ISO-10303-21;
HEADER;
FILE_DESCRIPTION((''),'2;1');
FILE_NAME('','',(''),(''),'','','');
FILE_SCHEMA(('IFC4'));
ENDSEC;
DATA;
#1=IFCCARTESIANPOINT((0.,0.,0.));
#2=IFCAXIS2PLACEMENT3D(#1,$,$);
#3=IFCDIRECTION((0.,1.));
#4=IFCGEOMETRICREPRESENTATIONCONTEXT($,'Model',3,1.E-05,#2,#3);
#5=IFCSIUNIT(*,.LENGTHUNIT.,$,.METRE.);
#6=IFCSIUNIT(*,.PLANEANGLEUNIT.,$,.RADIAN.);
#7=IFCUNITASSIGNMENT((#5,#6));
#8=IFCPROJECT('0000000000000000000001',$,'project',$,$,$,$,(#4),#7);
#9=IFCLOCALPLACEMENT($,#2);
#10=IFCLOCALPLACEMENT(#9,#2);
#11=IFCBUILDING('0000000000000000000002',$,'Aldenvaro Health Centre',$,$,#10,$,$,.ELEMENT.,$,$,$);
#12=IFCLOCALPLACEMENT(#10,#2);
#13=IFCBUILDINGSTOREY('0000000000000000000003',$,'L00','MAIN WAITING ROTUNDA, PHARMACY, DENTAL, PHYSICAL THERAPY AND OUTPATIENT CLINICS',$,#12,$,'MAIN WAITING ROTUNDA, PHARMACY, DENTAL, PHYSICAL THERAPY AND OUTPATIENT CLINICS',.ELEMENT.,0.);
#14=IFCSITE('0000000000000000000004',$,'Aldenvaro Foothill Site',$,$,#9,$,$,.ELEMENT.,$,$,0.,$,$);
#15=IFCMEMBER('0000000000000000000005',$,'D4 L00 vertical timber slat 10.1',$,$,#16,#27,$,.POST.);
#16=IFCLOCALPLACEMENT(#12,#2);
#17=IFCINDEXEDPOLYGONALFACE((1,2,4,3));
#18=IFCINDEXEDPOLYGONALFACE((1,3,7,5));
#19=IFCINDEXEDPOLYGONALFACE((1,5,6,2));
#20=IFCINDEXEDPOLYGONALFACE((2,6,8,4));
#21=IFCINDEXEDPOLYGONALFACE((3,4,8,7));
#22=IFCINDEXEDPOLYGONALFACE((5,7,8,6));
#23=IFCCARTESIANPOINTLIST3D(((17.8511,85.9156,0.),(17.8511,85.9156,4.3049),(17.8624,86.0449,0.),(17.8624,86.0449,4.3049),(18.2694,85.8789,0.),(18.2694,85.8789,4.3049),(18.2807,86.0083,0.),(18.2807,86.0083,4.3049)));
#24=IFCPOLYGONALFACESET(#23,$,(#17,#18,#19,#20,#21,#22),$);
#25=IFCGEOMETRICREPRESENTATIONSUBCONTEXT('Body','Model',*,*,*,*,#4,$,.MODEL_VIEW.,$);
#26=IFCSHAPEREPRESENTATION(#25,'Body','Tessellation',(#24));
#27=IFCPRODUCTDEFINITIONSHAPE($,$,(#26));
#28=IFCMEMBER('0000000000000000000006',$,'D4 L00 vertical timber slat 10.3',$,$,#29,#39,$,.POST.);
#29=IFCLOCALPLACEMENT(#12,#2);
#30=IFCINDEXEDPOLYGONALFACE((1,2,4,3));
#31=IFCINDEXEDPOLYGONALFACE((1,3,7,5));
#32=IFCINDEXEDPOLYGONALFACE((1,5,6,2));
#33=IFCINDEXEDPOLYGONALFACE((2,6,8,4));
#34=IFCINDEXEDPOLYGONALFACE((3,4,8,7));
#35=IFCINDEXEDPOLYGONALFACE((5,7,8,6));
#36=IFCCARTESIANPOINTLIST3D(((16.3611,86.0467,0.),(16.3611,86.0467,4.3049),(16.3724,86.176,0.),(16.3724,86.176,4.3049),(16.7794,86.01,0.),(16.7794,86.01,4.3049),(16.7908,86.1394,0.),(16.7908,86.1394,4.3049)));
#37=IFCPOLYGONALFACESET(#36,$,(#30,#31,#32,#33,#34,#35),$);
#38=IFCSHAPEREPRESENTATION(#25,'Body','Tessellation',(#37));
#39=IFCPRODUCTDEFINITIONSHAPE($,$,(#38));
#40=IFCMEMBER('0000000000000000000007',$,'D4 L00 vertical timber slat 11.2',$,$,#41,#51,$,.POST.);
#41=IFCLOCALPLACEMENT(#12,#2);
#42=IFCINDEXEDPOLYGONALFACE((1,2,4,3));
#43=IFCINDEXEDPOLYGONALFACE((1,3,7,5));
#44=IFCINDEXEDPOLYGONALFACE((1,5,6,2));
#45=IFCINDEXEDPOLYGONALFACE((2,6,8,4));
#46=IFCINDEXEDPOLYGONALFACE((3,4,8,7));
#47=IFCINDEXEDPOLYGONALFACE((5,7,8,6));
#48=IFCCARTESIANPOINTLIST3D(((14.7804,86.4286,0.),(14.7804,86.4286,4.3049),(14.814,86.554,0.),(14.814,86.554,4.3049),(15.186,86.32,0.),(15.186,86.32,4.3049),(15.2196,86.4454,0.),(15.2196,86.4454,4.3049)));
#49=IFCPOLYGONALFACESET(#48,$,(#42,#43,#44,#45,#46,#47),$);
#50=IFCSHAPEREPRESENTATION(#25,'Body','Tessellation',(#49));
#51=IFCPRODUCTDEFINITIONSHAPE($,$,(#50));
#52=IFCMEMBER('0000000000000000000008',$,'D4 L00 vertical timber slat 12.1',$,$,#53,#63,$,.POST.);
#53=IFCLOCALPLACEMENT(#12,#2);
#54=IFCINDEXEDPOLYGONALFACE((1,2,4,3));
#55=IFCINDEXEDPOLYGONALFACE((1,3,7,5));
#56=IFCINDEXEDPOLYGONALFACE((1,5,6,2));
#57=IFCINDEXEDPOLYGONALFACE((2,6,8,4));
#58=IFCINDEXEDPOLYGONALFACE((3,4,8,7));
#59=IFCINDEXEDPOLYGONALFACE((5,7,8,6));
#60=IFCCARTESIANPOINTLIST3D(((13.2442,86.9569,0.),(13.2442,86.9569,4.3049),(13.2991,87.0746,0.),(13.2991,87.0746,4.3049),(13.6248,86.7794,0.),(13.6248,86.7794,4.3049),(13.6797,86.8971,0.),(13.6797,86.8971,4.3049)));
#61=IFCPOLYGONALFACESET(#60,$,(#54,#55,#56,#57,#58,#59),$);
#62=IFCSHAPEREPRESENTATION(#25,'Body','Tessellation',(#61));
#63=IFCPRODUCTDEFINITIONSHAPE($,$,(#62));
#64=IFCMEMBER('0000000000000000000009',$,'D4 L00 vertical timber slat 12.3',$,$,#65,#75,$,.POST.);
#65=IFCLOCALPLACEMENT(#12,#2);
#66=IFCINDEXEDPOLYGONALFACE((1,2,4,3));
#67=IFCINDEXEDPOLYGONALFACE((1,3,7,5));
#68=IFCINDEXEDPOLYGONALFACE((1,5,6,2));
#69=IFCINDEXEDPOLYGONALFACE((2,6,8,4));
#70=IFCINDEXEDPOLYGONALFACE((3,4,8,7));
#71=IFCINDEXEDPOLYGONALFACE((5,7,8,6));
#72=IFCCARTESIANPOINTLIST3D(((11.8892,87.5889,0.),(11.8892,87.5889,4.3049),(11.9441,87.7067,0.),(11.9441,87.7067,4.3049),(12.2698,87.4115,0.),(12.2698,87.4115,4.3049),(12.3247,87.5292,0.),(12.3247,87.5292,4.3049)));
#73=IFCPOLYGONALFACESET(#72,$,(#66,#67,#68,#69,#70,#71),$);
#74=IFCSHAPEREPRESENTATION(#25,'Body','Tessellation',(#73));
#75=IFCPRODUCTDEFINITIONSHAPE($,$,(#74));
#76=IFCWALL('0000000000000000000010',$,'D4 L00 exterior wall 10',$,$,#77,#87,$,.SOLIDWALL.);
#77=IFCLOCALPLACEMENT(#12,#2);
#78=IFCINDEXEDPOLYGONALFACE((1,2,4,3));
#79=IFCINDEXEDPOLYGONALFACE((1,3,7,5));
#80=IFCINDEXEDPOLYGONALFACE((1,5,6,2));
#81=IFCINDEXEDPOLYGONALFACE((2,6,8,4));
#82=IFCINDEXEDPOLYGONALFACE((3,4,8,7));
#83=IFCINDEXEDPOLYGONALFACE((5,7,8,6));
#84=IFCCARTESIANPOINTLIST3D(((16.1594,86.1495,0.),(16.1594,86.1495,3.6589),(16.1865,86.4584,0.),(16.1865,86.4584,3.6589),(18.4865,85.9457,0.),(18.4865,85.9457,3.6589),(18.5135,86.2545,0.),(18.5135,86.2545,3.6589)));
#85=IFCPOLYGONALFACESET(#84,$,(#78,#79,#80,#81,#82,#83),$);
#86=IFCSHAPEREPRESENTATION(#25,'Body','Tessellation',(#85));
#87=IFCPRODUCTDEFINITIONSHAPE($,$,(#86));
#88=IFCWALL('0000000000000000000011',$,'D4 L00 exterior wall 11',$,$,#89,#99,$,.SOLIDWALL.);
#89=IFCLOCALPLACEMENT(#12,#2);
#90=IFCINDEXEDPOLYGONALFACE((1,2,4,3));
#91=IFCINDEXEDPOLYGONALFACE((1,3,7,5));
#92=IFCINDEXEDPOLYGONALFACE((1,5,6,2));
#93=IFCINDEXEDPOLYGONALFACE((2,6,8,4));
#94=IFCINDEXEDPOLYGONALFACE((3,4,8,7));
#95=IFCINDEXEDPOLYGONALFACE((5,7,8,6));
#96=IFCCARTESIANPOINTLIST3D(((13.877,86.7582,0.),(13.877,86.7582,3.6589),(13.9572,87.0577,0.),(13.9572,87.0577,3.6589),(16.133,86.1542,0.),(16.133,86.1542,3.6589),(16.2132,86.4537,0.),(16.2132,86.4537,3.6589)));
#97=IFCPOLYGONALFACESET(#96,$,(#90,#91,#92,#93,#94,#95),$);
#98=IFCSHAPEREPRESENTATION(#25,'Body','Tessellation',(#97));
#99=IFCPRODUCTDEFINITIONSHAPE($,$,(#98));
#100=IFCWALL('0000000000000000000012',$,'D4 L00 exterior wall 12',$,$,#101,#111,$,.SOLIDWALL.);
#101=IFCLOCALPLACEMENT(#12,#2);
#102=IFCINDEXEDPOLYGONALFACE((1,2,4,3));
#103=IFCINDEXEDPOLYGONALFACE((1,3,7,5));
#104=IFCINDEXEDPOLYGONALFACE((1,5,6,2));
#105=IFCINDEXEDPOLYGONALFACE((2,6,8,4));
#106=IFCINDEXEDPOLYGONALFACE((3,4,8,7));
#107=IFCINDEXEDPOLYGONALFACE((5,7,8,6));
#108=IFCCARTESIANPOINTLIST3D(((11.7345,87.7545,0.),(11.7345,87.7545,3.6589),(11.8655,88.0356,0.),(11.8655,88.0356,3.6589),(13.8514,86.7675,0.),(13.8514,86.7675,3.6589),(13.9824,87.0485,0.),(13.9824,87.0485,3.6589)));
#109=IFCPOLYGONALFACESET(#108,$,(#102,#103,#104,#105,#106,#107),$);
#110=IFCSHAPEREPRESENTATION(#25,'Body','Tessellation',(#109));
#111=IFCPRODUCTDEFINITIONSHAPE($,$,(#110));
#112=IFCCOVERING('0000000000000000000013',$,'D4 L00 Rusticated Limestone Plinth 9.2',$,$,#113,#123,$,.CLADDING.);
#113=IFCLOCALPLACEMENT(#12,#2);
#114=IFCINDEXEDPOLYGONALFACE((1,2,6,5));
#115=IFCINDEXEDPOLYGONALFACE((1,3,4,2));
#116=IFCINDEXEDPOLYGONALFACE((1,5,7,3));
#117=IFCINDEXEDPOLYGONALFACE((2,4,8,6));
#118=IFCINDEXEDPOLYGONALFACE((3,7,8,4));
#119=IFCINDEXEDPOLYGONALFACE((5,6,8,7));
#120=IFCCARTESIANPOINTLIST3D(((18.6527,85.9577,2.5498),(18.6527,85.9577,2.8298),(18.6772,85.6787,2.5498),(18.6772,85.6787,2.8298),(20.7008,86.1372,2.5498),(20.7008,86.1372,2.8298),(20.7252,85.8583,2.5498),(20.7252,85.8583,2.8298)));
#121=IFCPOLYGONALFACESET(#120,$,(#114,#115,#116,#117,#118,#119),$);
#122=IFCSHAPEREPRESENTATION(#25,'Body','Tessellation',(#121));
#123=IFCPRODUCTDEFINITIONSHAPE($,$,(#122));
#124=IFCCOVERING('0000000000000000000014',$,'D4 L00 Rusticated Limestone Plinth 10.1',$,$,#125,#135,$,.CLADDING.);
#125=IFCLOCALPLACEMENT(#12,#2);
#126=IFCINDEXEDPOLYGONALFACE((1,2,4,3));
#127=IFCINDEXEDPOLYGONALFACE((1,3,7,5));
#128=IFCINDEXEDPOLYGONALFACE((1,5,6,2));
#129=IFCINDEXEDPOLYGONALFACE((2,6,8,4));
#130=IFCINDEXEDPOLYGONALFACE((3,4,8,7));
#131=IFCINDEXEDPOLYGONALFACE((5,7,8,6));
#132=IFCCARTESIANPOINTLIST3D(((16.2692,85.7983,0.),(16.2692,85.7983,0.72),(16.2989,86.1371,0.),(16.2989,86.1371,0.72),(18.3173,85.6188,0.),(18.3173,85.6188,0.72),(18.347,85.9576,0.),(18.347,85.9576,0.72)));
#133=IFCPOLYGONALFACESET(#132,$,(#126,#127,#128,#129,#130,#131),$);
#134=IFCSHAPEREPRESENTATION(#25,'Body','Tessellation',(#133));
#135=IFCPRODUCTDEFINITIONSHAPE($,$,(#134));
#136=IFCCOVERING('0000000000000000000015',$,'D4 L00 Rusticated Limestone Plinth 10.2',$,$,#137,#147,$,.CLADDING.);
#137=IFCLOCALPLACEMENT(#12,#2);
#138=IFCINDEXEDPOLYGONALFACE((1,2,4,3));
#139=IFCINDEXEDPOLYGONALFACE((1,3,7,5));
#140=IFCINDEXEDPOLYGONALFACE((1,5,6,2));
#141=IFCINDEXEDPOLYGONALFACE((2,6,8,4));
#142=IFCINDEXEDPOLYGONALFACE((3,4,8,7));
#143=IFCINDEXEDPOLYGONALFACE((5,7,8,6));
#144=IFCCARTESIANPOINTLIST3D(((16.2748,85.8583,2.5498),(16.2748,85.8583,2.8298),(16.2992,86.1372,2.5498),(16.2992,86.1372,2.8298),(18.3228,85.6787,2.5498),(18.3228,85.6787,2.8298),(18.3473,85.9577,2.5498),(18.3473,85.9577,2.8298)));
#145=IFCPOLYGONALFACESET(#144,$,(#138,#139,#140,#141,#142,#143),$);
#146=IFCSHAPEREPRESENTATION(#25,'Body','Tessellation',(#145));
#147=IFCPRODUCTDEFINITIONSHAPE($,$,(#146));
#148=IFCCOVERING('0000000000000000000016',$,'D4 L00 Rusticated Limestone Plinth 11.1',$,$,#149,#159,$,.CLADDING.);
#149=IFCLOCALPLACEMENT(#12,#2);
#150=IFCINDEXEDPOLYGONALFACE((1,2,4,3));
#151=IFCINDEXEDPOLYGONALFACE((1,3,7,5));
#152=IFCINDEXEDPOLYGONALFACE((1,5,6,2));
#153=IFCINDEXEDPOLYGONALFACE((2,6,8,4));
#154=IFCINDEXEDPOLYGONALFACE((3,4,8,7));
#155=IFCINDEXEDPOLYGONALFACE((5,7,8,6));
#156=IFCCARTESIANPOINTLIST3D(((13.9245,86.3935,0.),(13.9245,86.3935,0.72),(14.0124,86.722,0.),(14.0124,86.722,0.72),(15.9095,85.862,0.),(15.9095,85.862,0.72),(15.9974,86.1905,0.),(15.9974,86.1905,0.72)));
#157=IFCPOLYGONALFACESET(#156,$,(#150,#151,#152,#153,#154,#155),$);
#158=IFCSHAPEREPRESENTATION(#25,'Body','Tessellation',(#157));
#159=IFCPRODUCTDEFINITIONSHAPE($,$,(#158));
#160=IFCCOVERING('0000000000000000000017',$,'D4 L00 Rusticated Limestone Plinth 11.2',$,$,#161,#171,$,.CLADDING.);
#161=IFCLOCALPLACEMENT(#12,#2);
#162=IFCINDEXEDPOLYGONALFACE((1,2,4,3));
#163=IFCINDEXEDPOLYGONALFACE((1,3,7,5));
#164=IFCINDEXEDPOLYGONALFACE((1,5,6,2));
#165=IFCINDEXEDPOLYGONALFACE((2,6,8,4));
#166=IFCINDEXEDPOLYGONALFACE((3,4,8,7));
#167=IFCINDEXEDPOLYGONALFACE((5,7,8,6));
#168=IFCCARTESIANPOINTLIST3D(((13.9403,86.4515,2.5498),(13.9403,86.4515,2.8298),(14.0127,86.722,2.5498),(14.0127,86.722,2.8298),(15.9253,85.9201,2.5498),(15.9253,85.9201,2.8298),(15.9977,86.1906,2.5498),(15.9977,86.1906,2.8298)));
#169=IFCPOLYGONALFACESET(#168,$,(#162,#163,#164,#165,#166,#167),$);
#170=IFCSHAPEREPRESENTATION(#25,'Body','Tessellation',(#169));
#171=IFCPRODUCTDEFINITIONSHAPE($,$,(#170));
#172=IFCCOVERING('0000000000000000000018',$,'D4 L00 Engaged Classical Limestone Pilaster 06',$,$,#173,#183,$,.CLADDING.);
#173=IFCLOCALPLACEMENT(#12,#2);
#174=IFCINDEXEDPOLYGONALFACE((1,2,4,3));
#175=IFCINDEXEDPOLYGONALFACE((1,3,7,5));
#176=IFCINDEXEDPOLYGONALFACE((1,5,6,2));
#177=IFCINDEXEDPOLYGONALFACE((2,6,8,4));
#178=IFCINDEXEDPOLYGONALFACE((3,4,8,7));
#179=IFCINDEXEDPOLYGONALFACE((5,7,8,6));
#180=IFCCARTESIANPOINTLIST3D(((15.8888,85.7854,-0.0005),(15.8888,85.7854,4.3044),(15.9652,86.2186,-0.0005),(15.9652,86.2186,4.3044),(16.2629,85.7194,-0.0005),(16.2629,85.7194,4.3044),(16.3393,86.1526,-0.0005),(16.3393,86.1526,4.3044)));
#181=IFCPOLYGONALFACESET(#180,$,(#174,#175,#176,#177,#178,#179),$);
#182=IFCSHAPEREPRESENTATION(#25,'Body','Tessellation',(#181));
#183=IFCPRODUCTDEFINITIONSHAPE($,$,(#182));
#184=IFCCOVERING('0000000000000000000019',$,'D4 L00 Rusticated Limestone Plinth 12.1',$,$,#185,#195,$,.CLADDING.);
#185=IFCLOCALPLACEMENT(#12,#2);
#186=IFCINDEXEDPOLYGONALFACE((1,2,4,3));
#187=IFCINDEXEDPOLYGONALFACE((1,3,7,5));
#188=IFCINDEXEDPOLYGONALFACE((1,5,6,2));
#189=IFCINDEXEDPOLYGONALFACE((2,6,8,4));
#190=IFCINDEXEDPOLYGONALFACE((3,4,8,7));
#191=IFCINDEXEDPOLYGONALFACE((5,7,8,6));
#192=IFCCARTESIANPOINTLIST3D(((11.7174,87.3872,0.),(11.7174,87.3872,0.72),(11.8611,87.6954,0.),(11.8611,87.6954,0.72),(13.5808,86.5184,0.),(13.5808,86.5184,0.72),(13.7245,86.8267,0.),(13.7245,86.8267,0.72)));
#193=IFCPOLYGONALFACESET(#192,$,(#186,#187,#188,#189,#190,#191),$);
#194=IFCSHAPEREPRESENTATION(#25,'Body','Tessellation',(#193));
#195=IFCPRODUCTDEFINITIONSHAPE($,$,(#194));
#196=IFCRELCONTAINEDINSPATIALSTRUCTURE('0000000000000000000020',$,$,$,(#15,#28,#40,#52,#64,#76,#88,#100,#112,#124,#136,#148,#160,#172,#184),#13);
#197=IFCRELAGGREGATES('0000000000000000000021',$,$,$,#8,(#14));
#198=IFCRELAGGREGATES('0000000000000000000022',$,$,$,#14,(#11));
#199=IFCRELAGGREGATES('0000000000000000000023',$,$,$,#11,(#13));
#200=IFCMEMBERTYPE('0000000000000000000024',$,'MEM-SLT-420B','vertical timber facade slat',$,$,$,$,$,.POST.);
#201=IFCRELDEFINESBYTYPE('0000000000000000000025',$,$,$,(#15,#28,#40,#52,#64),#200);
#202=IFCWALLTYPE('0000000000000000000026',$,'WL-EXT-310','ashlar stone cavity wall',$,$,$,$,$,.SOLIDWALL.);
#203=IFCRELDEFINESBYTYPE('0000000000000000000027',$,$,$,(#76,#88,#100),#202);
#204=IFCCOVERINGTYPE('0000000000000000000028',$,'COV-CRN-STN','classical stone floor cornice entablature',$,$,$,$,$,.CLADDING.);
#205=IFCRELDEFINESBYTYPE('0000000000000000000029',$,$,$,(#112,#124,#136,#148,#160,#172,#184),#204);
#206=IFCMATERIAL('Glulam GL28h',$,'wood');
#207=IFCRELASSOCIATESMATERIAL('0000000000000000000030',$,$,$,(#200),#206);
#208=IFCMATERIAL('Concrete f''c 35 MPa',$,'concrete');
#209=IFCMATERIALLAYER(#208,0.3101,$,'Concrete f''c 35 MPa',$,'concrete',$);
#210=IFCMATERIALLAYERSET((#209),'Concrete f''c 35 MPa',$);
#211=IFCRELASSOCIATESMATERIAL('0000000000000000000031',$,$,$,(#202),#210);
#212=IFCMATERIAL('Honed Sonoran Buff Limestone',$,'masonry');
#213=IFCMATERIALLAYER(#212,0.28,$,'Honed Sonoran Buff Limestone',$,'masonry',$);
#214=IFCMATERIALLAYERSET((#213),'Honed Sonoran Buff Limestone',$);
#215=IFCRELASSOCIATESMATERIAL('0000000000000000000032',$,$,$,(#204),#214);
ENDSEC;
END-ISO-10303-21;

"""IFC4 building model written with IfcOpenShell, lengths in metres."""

from ifc_helpers import new_model, si_unit, direction, frame, frame_2d, origin, origin_2d, place, context, subcontext, project, spatial, rectangle, extrude, material, layer, layer_set, material_profile, profile_set, type_object, element, save


model = new_model("IFC4")

# Units and contexts
model_context = context("Model", 3, precision=1e-05, world=origin(), true_north=direction((0.0, 1.0)))
body_context = subcontext(model_context, "Body", "Model", "MODEL_VIEW")
ifc_project = project(units=[si_unit("LENGTHUNIT", "METRE"), si_unit("PLANEANGLEUNIT", "RADIAN")], contexts=[model_context])

# Site, building, storey
site_placement = place(None, origin())
site = spatial("IfcSite", under=ifc_project, at=site_placement, Name="Aldenvaro Foothill Site", CompositionType="ELEMENT", RefElevation=0.0)
building_placement = place(site_placement, origin())
building = spatial("IfcBuilding", under=site, at=building_placement, Name="Aldenvaro Health Centre", CompositionType="ELEMENT")
storey_placement = place(building_placement, origin())
storey = spatial("IfcBuildingStorey", under=building, at=storey_placement, Name="L00", Description="MAIN WAITING ROTUNDA, PHARMACY, DENTAL, PHYSICAL THERAPY AND OUTPATIENT CLINICS", LongName="MAIN WAITING ROTUNDA, PHARMACY, DENTAL, PHYSICAL THERAPY AND OUTPATIENT CLINICS", CompositionType="ELEMENT", Elevation=0.0)

# Shared definitions
ifc_material_1 = material(Name="Glulam GL28h", Category="wood")

# Members
ifc_material_profile_1 = material_profile(ifc_material_1, rectangle(XDim=0.1299, YDim=0.4199, at=origin_2d()), Name="GL 130x420", Category="wood")
ifc_profile_set_1 = profile_set([ifc_material_profile_1], Name="Glulam GL28h")
member_type_1 = type_object("IfcMemberType", Name="MEM-SLT-420B", Description="vertical timber facade slat", PredefinedType="POST", material=ifc_profile_set_1)
for number, where, z_axis, x_axis, name in (
    (1, (18.0659, 85.9619, 0.0), (0.0, 0.0, 1.0), (-0.087332, -0.996179, 0.0), "D4 L00 vertical timber slat 10.1"),
    (2, (16.5759, 86.093, 0.0), (0.0, 0.0, 1.0), (-0.087332, -0.996179, 0.0), "D4 L00 vertical timber slat 10.3"),
    (3, (15.0, 86.437, 0.0), (0.0, 0.0, 1.0), (-0.258622, -0.965979, 0.0), "D4 L00 vertical timber slat 11.2"),
    (4, (13.4619, 86.927, 0.0), (0.0, 0.0, 1.0), (-0.422557, -0.906336, 0.0), "D4 L00 vertical timber slat 12.1"),
    (5, (12.1069, 87.5591, 0.0), (0.0, 0.0, 1.0), (-0.422557, -0.906336, 0.0), "D4 L00 vertical timber slat 12.3"),
):
    element("IfcMember", number, at=place(storey_placement, frame(where, z_axis=z_axis, x_axis=x_axis)), inside=storey, type_object=member_type_1, Name=name, PredefinedType="POST", context=body_context, shape_type="SweptSolid", body=[
        extrude(rectangle(XDim=0.1299, YDim=0.4199, at=origin_2d()), origin(), (0.0, 0.0, 1.0), 4.3049),
    ])

# Walls
ifc_material_2 = material(Name="Concrete f'c 35 MPa", Category="concrete")
ifc_layer_1 = layer(ifc_material_2, 0.3101, Name="Concrete f'c 35 MPa", Category="concrete")
ifc_layer_set_1 = layer_set([ifc_layer_1], Name="Concrete f'c 35 MPa")
wall_type = type_object("IfcWallType", Name="WL-EXT-310", Description="ashlar stone cavity wall", PredefinedType="SOLIDWALL", material=ifc_layer_set_1)
wall_1_placement = place(storey_placement, frame((18.5, 86.1001, 0.0), z_axis=(0.0, 0.0, 1.0), x_axis=(-0.996184, 0.087275, 0.0)))
element("IfcWall", 6, at=wall_1_placement, inside=storey, type_object=wall_type, Name="D4 L00 exterior wall 10", PredefinedType="SOLIDWALL", context=body_context, shape_type="SweptSolid", body=[
    extrude(rectangle(XDim=2.3359, YDim=0.3101, at=frame_2d((1.168, 0.0))), origin(), (0.0, 0.0, 1.0), 3.6589),
])
wall_2_placement = place(storey_placement, frame((16.1731, 86.304, 0.0), z_axis=(0.0, 0.0, 1.0), x_axis=(-0.965981, 0.258612, 0.0)))
element("IfcWall", 7, at=wall_2_placement, inside=storey, type_object=wall_type, Name="D4 L00 exterior wall 11", PredefinedType="SOLIDWALL", context=body_context, shape_type="SweptSolid", body=[
    extrude(rectangle(XDim=2.3354, YDim=0.3101, at=frame_2d((1.1677, 0.0))), origin(), (0.0, 0.0, 1.0), 3.6589),
])
wall_3_placement = place(storey_placement, frame((13.917, 86.908, 0.0), z_axis=(0.0, 0.0, 1.0), x_axis=(-0.906322, 0.422588, 0.0)))
element("IfcWall", 8, at=wall_3_placement, inside=storey, type_object=wall_type, Name="D4 L00 exterior wall 12", PredefinedType="SOLIDWALL", context=body_context, shape_type="SweptSolid", body=[
    extrude(rectangle(XDim=2.3357, YDim=0.3101, at=frame_2d((1.168, 0.0))), origin(), (0.0, 0.0, 1.0), 3.6589),
])

# Coverings
ifc_material_3 = material(Name="Honed Sonoran Buff Limestone", Category="masonry")
ifc_layer_2 = layer(ifc_material_3, 0.28, Name="Honed Sonoran Buff Limestone", Category="masonry")
ifc_layer_set_2 = layer_set([ifc_layer_2], Name="Honed Sonoran Buff Limestone")
covering_type = type_object("IfcCoveringType", Name="COV-CRN-STN", Description="classical stone floor cornice entablature", PredefinedType="CLADDING", material=ifc_layer_set_2)
covering_1_placement = place(storey_placement, frame((19.689, 85.908, 2.5498), z_axis=(0.0, 0.0, 1.0), x_axis=(-0.996179, -0.087332, 0.0)))
element("IfcCovering", 9, at=covering_1_placement, inside=storey, type_object=covering_type, Name="D4 L00 Rusticated Limestone Plinth 9.2", PredefinedType="CLADDING", context=body_context, shape_type="SweptSolid", body=[
    extrude(rectangle(XDim=2.0559, YDim=0.28, at=origin_2d()), origin(), (0.0, 0.0, 1.0), 0.28),
])
covering_2_placement = place(storey_placement, frame((17.3081, 85.8779, 0.0), z_axis=(0.0, 0.0, 1.0), x_axis=(-0.996179, 0.087332, 0.0)))
element("IfcCovering", 10, at=covering_2_placement, inside=storey, type_object=covering_type, Name="D4 L00 Rusticated Limestone Plinth 10.1", PredefinedType="CLADDING", context=body_context, shape_type="SweptSolid", body=[
    extrude(rectangle(XDim=2.0559, YDim=0.3401, at=origin_2d()), origin(), (0.0, 0.0, 1.0), 0.72),
])
covering_3_placement = place(storey_placement, frame((17.311, 85.908, 2.5498), z_axis=(0.0, 0.0, 1.0), x_axis=(-0.996179, 0.087332, 0.0)))
element("IfcCovering", 11, at=covering_3_placement, inside=storey, type_object=covering_type, Name="D4 L00 Rusticated Limestone Plinth 10.2", PredefinedType="CLADDING", context=body_context, shape_type="SweptSolid", body=[
    extrude(rectangle(XDim=2.0559, YDim=0.28, at=origin_2d()), origin(), (0.0, 0.0, 1.0), 0.28),
])
covering_4_placement = place(storey_placement, frame((14.9609, 86.292, 0.0), z_axis=(0.0, 0.0, 1.0), x_axis=(-0.965979, 0.258622, 0.0)))
element("IfcCovering", 12, at=covering_4_placement, inside=storey, type_object=covering_type, Name="D4 L00 Rusticated Limestone Plinth 11.1", PredefinedType="CLADDING", context=body_context, shape_type="SweptSolid", body=[
    extrude(rectangle(XDim=2.0549, YDim=0.3401, at=origin_2d()), origin(), (0.0, 0.0, 1.0), 0.72),
])
covering_5_placement = place(storey_placement, frame((14.969, 86.321, 2.5498), z_axis=(0.0, 0.0, 1.0), x_axis=(-0.965979, 0.258622, 0.0)))
element("IfcCovering", 13, at=covering_5_placement, inside=storey, type_object=covering_type, Name="D4 L00 Rusticated Limestone Plinth 11.2", PredefinedType="CLADDING", context=body_context, shape_type="SweptSolid", body=[
    extrude(rectangle(XDim=2.0549, YDim=0.28, at=origin_2d()), origin(), (0.0, 0.0, 1.0), 0.28),
])
covering_6_placement = place(storey_placement, frame((16.114, 85.969, -0.0005), z_axis=(0.0, 0.0, 1.0), x_axis=(-0.173662, -0.984805, 0.0)))
element("IfcCovering", 14, at=covering_6_placement, inside=storey, type_object=covering_type, Name="D4 L00 Engaged Classical Limestone Pilaster 06", PredefinedType="CLADDING", context=body_context, shape_type="SweptSolid", body=[
    extrude(rectangle(XDim=0.4399, YDim=0.3799, at=origin_2d()), origin(), (0.0, 0.0, 1.0), 4.3049),
])
covering_7_placement = place(storey_placement, frame((12.7209, 87.1069, 0.0), z_axis=(0.0, 0.0, 1.0), x_axis=(-0.906336, 0.422557, 0.0)))
element("IfcCovering", 15, at=covering_7_placement, inside=storey, type_object=covering_type, Name="D4 L00 Rusticated Limestone Plinth 12.1", PredefinedType="CLADDING", context=body_context, shape_type="SweptSolid", body=[
    extrude(rectangle(XDim=2.0559, YDim=0.3401, at=origin_2d()), origin(), (0.0, 0.0, 1.0), 0.72),
])

save(model, "model.ifc")
